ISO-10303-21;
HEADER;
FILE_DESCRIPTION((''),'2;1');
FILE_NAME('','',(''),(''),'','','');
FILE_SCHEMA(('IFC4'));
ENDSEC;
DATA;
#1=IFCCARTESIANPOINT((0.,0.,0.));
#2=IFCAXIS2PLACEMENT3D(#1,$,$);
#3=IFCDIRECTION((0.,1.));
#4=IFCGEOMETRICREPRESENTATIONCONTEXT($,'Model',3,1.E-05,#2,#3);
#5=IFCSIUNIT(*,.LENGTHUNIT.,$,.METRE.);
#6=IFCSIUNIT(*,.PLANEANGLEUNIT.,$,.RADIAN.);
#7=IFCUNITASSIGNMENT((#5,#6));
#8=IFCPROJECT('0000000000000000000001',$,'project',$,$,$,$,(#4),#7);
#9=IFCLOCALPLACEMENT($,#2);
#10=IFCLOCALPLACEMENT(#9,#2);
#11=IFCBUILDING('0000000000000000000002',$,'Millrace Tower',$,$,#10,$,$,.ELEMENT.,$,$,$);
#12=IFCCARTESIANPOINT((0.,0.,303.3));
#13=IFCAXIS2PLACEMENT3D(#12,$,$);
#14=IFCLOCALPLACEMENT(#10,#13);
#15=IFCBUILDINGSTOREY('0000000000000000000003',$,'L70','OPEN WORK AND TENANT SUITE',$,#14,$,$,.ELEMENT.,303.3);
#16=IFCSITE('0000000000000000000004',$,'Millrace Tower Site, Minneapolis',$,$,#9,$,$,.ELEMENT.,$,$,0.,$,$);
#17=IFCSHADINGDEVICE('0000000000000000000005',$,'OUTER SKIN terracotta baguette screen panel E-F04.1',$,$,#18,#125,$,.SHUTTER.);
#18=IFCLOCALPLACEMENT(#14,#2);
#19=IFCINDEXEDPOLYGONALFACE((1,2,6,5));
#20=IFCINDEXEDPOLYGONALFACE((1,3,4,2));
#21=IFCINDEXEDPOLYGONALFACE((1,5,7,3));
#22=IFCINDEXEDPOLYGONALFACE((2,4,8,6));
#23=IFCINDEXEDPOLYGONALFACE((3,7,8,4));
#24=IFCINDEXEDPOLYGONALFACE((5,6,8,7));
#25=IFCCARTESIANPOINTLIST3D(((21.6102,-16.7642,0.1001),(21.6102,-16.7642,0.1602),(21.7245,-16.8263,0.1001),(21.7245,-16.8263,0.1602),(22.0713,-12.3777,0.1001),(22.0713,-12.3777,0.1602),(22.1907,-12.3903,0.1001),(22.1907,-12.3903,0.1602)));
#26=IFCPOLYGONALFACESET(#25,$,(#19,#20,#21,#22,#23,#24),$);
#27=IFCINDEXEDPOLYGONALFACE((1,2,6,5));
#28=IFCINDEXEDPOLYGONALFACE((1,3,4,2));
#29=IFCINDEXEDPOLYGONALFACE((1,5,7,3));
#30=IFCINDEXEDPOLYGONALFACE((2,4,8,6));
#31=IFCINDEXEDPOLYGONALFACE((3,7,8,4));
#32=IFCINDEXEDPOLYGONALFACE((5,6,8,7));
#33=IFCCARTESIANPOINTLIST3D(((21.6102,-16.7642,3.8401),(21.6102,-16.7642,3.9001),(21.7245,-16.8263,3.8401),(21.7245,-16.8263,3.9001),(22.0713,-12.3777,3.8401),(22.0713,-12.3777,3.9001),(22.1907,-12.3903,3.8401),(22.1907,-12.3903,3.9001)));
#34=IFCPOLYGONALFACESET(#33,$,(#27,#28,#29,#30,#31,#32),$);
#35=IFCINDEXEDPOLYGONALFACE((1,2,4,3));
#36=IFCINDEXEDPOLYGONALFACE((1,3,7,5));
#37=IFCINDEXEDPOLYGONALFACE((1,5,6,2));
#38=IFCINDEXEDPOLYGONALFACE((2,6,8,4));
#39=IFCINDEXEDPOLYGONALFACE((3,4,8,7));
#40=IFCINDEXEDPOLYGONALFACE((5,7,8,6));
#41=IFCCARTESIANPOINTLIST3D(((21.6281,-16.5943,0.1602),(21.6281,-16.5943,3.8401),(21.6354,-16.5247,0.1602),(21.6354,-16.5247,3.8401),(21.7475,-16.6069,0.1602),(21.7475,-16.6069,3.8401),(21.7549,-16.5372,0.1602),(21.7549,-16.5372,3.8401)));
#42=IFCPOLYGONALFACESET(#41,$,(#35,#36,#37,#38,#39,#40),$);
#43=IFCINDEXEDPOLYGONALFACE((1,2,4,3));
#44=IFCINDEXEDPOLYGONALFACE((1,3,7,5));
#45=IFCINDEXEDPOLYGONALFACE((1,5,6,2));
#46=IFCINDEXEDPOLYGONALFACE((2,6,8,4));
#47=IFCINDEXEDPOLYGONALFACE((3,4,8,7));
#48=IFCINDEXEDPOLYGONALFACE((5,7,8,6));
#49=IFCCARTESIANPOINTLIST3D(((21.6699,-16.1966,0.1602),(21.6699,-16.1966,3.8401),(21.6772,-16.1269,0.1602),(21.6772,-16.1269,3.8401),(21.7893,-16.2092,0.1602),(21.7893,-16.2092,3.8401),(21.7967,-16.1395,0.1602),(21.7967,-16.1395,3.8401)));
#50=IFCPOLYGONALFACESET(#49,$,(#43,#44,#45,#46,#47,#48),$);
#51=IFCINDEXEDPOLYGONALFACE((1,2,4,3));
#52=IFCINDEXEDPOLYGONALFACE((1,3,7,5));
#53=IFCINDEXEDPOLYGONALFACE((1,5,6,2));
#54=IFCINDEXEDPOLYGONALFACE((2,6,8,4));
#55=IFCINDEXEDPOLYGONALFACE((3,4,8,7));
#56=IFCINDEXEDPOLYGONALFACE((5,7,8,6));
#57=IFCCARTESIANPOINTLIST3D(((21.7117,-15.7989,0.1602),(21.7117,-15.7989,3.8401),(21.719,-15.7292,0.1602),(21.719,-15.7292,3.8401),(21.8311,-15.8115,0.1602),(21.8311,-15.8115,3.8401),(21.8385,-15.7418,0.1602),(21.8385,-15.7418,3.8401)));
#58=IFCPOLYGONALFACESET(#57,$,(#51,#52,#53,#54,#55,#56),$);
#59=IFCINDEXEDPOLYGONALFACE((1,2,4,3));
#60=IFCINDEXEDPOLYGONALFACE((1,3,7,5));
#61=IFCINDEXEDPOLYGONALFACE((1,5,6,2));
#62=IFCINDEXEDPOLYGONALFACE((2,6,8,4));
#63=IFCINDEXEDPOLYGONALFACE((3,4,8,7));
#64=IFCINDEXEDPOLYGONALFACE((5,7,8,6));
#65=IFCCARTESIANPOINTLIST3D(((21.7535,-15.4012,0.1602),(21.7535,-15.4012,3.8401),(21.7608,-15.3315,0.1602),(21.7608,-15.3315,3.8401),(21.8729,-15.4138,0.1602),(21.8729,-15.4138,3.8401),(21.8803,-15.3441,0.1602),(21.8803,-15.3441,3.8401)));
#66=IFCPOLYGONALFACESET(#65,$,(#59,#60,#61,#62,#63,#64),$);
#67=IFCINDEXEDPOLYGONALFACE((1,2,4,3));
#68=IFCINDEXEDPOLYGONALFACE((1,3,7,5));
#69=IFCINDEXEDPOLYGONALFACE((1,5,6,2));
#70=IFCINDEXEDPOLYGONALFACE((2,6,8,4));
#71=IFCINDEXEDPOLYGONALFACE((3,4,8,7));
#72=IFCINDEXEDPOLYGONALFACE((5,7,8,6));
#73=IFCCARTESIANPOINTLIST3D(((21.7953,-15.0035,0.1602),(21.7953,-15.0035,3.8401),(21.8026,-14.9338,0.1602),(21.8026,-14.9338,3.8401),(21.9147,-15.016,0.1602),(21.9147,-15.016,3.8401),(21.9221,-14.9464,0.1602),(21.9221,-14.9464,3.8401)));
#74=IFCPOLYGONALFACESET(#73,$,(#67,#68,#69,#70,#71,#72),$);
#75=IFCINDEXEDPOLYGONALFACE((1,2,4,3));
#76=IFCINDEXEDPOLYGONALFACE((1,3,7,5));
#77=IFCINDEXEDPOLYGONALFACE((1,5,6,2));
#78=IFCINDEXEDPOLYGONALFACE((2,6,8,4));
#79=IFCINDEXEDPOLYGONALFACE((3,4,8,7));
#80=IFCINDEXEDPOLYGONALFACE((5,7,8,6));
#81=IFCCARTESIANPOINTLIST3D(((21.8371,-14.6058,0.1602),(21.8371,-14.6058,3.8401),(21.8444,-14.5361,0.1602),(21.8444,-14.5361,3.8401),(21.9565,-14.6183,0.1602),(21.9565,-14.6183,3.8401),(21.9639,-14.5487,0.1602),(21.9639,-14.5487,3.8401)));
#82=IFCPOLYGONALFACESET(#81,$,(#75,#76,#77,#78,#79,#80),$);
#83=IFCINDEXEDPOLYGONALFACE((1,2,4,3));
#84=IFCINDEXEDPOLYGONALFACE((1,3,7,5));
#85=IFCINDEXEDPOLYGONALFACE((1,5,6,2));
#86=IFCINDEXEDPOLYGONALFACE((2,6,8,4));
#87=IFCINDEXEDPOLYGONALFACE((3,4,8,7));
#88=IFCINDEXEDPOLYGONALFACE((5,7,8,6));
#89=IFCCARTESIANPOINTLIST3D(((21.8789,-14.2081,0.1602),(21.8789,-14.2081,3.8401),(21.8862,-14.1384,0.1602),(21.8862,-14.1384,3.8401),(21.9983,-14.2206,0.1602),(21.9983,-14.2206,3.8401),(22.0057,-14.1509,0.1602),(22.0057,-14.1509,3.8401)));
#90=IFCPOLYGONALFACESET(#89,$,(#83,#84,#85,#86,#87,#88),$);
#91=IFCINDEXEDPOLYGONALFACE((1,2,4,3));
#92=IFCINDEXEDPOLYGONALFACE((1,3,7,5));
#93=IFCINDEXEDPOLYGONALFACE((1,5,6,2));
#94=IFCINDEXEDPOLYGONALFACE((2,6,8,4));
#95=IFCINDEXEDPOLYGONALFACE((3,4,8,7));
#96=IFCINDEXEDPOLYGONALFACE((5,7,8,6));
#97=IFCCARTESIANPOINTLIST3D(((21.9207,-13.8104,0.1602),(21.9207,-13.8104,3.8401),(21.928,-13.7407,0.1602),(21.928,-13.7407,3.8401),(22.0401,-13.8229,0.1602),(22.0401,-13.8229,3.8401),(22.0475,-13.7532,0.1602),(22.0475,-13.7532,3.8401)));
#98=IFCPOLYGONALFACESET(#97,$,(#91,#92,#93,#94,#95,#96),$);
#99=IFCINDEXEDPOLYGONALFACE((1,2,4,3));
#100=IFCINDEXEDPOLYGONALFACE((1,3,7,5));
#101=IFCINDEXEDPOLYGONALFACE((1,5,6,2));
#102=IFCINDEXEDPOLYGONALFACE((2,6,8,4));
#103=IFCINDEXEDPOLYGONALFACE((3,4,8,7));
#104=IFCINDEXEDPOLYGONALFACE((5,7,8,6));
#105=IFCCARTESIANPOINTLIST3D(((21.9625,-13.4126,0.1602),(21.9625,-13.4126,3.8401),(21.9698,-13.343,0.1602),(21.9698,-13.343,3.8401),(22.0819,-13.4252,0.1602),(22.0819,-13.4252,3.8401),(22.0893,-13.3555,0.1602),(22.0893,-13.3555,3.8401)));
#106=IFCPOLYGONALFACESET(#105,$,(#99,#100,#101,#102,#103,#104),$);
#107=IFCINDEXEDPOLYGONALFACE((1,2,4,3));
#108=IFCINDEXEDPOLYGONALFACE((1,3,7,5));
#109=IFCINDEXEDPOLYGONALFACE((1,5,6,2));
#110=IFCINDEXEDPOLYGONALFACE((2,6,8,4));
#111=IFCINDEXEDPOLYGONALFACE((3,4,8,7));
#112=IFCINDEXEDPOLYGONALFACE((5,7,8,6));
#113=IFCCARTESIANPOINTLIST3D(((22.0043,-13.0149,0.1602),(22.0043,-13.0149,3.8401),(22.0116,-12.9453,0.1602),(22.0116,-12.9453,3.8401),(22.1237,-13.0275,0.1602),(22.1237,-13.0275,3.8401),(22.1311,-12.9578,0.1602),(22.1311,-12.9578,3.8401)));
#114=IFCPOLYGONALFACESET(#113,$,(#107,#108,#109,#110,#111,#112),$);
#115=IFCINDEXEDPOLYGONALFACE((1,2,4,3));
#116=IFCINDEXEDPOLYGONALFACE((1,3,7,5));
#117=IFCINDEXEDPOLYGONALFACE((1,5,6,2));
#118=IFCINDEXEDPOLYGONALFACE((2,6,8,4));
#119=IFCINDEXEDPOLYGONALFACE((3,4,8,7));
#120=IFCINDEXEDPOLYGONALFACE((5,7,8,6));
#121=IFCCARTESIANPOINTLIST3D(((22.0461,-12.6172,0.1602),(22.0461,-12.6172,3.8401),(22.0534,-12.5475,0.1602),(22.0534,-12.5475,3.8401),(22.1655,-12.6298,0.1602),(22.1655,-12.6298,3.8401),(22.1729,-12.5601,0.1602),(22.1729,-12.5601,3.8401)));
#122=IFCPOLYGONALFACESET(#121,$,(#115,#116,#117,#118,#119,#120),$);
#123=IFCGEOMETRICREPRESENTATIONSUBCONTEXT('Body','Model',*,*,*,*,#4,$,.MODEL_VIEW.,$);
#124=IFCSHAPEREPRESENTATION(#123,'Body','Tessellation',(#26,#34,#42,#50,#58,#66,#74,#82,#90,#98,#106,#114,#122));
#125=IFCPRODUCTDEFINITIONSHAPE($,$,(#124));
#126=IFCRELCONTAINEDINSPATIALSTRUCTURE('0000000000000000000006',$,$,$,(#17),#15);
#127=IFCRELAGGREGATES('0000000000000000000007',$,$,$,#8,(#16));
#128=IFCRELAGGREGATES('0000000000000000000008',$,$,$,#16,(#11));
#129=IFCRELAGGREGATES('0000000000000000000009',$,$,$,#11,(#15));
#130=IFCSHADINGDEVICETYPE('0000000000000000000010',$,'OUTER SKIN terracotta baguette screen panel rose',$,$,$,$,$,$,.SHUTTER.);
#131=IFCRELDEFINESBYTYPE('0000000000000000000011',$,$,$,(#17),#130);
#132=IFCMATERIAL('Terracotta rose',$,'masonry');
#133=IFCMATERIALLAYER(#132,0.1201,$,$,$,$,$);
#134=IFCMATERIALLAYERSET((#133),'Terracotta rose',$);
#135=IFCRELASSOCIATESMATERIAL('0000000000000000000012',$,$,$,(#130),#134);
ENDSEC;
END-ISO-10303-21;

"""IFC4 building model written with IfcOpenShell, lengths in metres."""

from ifc_helpers import new_model, entity, si_unit, direction, frame, frame_2d, origin, place, context, subcontext, project, spatial, rectangle, extrude, source, transform, mapped, material, layer, layer_set, type_object, element, save


model = new_model("IFC4")

# Units and contexts
model_context = context("Model", 3, precision=1e-05, world=origin(), true_north=direction((0.0, 1.0)))
body_context = subcontext(model_context, "Body", "Model", "MODEL_VIEW")
ifc_project = project(units=[si_unit("LENGTHUNIT", "METRE"), si_unit("PLANEANGLEUNIT", "RADIAN")], contexts=[model_context])

# Site, building, storey
site_placement = place(None, origin())
site = spatial("IfcSite", under=ifc_project, at=site_placement, Name="Millrace Tower Site, Minneapolis", CompositionType="ELEMENT", RefElevation=0.0)
building_placement = place(site_placement, origin())
building = spatial("IfcBuilding", under=site, at=building_placement, Name="Millrace Tower", CompositionType="ELEMENT")
storey_placement = place(building_placement, frame((0.0, 0.0, 303.3)))
storey = spatial("IfcBuildingStorey", under=building, at=storey_placement, Name="L70", Description="OPEN WORK AND TENANT SUITE", CompositionType="ELEMENT", Elevation=303.3)

# Shading device
ifc_material_1 = material(Name="Terracotta rose", Category="masonry")
ifc_layer_1 = layer(ifc_material_1, 0.1201)
ifc_layer_set_1 = layer_set([ifc_layer_1], Name="Terracotta rose")
shading_device_type = type_object("IfcShadingDeviceType", Name="OUTER SKIN terracotta baguette screen panel rose", PredefinedType="SHUTTER", material=ifc_layer_set_1)
cartesian_point_1 = entity("IfcCartesianPoint", [-2.1929, 0.0601])
shared_polyline_1 = entity("IfcPolyline", [cartesian_point_1, entity("IfcCartesianPoint", [2.2178, 0.0601]), entity("IfcCartesianPoint", [2.2178, -0.0601]), entity("IfcCartesianPoint", [-2.2427, -0.0601]), cartesian_point_1])
shared_shape_1 = source(origin(), body_context, "Body", "SweptSolid", [
    entity("IfcExtrudedAreaSolid", entity("IfcArbitraryClosedProfileDef", "AREA", None, shared_polyline_1), entity("IfcAxis2Placement3D", entity("IfcCartesianPoint", [0.0, 0.0, 0.0])), entity("IfcDirection", [0.0, 0.0, 1.0]), 0.0601),
    entity("IfcExtrudedAreaSolid", entity("IfcArbitraryClosedProfileDef", "AREA", None, shared_polyline_1), entity("IfcAxis2Placement3D", entity("IfcCartesianPoint", [0.0, 0.0, 3.74])), entity("IfcDirection", [0.0, 0.0, 1.0]), 0.0601),
    extrude(rectangle(XDim=0.0701, YDim=0.1201, at=frame_2d((-1.9871, 0.0))), frame((0.0, 0.0, 0.0601)), (0.0, 0.0, 1.0), 3.6799),
    extrude(rectangle(XDim=0.0701, YDim=0.1201, at=frame_2d((-1.5872, 0.0))), frame((0.0, 0.0, 0.0601)), (0.0, 0.0, 1.0), 3.6799),
    extrude(rectangle(XDim=0.0701, YDim=0.1201, at=frame_2d((-1.1873, 0.0))), frame((0.0, 0.0, 0.0601)), (0.0, 0.0, 1.0), 3.6799),
    extrude(rectangle(XDim=0.0701, YDim=0.1201, at=frame_2d((-0.7874, 0.0))), frame((0.0, 0.0, 0.0601)), (0.0, 0.0, 1.0), 3.6799),
    extrude(rectangle(XDim=0.0701, YDim=0.1201, at=frame_2d((-0.3875, 0.0))), frame((0.0, 0.0, 0.0601)), (0.0, 0.0, 1.0), 3.6799),
    extrude(rectangle(XDim=0.0701, YDim=0.1201, at=frame_2d((0.0125, 0.0))), frame((0.0, 0.0, 0.0601)), (0.0, 0.0, 1.0), 3.6799),
    extrude(rectangle(XDim=0.0701, YDim=0.1201, at=frame_2d((0.4124, 0.0))), frame((0.0, 0.0, 0.0601)), (0.0, 0.0, 1.0), 3.6799),
    extrude(rectangle(XDim=0.0701, YDim=0.1201, at=frame_2d((0.8123, 0.0))), frame((0.0, 0.0, 0.0601)), (0.0, 0.0, 1.0), 3.6799),
    extrude(rectangle(XDim=0.0701, YDim=0.1201, at=frame_2d((1.2122, 0.0))), frame((0.0, 0.0, 0.0601)), (0.0, 0.0, 1.0), 3.6799),
    extrude(rectangle(XDim=0.0701, YDim=0.1201, at=frame_2d((1.6121, 0.0))), frame((0.0, 0.0, 0.0601)), (0.0, 0.0, 1.0), 3.6799),
    extrude(rectangle(XDim=0.0701, YDim=0.1201, at=frame_2d((2.012, 0.0))), frame((0.0, 0.0, 0.0601)), (0.0, 0.0, 1.0), 3.6799),
])
shading_device_1_placement = place(storey_placement, frame((21.8992, -14.5896, 0.1001), z_axis=(0.0, 0.0, 1.0), x_axis=(0.104528, 0.994522, 0.0)))
element("IfcShadingDevice", 1, at=shading_device_1_placement, inside=storey, type_object=shading_device_type, Name="OUTER SKIN terracotta baguette screen panel E-F04.1", PredefinedType="SHUTTER", context=body_context, shape_type="MappedRepresentation", body=[
    mapped(shared_shape_1, transform((0.0, 0.0, 0.0), scale=1.0)),
])

save(model, "model.ifc")
